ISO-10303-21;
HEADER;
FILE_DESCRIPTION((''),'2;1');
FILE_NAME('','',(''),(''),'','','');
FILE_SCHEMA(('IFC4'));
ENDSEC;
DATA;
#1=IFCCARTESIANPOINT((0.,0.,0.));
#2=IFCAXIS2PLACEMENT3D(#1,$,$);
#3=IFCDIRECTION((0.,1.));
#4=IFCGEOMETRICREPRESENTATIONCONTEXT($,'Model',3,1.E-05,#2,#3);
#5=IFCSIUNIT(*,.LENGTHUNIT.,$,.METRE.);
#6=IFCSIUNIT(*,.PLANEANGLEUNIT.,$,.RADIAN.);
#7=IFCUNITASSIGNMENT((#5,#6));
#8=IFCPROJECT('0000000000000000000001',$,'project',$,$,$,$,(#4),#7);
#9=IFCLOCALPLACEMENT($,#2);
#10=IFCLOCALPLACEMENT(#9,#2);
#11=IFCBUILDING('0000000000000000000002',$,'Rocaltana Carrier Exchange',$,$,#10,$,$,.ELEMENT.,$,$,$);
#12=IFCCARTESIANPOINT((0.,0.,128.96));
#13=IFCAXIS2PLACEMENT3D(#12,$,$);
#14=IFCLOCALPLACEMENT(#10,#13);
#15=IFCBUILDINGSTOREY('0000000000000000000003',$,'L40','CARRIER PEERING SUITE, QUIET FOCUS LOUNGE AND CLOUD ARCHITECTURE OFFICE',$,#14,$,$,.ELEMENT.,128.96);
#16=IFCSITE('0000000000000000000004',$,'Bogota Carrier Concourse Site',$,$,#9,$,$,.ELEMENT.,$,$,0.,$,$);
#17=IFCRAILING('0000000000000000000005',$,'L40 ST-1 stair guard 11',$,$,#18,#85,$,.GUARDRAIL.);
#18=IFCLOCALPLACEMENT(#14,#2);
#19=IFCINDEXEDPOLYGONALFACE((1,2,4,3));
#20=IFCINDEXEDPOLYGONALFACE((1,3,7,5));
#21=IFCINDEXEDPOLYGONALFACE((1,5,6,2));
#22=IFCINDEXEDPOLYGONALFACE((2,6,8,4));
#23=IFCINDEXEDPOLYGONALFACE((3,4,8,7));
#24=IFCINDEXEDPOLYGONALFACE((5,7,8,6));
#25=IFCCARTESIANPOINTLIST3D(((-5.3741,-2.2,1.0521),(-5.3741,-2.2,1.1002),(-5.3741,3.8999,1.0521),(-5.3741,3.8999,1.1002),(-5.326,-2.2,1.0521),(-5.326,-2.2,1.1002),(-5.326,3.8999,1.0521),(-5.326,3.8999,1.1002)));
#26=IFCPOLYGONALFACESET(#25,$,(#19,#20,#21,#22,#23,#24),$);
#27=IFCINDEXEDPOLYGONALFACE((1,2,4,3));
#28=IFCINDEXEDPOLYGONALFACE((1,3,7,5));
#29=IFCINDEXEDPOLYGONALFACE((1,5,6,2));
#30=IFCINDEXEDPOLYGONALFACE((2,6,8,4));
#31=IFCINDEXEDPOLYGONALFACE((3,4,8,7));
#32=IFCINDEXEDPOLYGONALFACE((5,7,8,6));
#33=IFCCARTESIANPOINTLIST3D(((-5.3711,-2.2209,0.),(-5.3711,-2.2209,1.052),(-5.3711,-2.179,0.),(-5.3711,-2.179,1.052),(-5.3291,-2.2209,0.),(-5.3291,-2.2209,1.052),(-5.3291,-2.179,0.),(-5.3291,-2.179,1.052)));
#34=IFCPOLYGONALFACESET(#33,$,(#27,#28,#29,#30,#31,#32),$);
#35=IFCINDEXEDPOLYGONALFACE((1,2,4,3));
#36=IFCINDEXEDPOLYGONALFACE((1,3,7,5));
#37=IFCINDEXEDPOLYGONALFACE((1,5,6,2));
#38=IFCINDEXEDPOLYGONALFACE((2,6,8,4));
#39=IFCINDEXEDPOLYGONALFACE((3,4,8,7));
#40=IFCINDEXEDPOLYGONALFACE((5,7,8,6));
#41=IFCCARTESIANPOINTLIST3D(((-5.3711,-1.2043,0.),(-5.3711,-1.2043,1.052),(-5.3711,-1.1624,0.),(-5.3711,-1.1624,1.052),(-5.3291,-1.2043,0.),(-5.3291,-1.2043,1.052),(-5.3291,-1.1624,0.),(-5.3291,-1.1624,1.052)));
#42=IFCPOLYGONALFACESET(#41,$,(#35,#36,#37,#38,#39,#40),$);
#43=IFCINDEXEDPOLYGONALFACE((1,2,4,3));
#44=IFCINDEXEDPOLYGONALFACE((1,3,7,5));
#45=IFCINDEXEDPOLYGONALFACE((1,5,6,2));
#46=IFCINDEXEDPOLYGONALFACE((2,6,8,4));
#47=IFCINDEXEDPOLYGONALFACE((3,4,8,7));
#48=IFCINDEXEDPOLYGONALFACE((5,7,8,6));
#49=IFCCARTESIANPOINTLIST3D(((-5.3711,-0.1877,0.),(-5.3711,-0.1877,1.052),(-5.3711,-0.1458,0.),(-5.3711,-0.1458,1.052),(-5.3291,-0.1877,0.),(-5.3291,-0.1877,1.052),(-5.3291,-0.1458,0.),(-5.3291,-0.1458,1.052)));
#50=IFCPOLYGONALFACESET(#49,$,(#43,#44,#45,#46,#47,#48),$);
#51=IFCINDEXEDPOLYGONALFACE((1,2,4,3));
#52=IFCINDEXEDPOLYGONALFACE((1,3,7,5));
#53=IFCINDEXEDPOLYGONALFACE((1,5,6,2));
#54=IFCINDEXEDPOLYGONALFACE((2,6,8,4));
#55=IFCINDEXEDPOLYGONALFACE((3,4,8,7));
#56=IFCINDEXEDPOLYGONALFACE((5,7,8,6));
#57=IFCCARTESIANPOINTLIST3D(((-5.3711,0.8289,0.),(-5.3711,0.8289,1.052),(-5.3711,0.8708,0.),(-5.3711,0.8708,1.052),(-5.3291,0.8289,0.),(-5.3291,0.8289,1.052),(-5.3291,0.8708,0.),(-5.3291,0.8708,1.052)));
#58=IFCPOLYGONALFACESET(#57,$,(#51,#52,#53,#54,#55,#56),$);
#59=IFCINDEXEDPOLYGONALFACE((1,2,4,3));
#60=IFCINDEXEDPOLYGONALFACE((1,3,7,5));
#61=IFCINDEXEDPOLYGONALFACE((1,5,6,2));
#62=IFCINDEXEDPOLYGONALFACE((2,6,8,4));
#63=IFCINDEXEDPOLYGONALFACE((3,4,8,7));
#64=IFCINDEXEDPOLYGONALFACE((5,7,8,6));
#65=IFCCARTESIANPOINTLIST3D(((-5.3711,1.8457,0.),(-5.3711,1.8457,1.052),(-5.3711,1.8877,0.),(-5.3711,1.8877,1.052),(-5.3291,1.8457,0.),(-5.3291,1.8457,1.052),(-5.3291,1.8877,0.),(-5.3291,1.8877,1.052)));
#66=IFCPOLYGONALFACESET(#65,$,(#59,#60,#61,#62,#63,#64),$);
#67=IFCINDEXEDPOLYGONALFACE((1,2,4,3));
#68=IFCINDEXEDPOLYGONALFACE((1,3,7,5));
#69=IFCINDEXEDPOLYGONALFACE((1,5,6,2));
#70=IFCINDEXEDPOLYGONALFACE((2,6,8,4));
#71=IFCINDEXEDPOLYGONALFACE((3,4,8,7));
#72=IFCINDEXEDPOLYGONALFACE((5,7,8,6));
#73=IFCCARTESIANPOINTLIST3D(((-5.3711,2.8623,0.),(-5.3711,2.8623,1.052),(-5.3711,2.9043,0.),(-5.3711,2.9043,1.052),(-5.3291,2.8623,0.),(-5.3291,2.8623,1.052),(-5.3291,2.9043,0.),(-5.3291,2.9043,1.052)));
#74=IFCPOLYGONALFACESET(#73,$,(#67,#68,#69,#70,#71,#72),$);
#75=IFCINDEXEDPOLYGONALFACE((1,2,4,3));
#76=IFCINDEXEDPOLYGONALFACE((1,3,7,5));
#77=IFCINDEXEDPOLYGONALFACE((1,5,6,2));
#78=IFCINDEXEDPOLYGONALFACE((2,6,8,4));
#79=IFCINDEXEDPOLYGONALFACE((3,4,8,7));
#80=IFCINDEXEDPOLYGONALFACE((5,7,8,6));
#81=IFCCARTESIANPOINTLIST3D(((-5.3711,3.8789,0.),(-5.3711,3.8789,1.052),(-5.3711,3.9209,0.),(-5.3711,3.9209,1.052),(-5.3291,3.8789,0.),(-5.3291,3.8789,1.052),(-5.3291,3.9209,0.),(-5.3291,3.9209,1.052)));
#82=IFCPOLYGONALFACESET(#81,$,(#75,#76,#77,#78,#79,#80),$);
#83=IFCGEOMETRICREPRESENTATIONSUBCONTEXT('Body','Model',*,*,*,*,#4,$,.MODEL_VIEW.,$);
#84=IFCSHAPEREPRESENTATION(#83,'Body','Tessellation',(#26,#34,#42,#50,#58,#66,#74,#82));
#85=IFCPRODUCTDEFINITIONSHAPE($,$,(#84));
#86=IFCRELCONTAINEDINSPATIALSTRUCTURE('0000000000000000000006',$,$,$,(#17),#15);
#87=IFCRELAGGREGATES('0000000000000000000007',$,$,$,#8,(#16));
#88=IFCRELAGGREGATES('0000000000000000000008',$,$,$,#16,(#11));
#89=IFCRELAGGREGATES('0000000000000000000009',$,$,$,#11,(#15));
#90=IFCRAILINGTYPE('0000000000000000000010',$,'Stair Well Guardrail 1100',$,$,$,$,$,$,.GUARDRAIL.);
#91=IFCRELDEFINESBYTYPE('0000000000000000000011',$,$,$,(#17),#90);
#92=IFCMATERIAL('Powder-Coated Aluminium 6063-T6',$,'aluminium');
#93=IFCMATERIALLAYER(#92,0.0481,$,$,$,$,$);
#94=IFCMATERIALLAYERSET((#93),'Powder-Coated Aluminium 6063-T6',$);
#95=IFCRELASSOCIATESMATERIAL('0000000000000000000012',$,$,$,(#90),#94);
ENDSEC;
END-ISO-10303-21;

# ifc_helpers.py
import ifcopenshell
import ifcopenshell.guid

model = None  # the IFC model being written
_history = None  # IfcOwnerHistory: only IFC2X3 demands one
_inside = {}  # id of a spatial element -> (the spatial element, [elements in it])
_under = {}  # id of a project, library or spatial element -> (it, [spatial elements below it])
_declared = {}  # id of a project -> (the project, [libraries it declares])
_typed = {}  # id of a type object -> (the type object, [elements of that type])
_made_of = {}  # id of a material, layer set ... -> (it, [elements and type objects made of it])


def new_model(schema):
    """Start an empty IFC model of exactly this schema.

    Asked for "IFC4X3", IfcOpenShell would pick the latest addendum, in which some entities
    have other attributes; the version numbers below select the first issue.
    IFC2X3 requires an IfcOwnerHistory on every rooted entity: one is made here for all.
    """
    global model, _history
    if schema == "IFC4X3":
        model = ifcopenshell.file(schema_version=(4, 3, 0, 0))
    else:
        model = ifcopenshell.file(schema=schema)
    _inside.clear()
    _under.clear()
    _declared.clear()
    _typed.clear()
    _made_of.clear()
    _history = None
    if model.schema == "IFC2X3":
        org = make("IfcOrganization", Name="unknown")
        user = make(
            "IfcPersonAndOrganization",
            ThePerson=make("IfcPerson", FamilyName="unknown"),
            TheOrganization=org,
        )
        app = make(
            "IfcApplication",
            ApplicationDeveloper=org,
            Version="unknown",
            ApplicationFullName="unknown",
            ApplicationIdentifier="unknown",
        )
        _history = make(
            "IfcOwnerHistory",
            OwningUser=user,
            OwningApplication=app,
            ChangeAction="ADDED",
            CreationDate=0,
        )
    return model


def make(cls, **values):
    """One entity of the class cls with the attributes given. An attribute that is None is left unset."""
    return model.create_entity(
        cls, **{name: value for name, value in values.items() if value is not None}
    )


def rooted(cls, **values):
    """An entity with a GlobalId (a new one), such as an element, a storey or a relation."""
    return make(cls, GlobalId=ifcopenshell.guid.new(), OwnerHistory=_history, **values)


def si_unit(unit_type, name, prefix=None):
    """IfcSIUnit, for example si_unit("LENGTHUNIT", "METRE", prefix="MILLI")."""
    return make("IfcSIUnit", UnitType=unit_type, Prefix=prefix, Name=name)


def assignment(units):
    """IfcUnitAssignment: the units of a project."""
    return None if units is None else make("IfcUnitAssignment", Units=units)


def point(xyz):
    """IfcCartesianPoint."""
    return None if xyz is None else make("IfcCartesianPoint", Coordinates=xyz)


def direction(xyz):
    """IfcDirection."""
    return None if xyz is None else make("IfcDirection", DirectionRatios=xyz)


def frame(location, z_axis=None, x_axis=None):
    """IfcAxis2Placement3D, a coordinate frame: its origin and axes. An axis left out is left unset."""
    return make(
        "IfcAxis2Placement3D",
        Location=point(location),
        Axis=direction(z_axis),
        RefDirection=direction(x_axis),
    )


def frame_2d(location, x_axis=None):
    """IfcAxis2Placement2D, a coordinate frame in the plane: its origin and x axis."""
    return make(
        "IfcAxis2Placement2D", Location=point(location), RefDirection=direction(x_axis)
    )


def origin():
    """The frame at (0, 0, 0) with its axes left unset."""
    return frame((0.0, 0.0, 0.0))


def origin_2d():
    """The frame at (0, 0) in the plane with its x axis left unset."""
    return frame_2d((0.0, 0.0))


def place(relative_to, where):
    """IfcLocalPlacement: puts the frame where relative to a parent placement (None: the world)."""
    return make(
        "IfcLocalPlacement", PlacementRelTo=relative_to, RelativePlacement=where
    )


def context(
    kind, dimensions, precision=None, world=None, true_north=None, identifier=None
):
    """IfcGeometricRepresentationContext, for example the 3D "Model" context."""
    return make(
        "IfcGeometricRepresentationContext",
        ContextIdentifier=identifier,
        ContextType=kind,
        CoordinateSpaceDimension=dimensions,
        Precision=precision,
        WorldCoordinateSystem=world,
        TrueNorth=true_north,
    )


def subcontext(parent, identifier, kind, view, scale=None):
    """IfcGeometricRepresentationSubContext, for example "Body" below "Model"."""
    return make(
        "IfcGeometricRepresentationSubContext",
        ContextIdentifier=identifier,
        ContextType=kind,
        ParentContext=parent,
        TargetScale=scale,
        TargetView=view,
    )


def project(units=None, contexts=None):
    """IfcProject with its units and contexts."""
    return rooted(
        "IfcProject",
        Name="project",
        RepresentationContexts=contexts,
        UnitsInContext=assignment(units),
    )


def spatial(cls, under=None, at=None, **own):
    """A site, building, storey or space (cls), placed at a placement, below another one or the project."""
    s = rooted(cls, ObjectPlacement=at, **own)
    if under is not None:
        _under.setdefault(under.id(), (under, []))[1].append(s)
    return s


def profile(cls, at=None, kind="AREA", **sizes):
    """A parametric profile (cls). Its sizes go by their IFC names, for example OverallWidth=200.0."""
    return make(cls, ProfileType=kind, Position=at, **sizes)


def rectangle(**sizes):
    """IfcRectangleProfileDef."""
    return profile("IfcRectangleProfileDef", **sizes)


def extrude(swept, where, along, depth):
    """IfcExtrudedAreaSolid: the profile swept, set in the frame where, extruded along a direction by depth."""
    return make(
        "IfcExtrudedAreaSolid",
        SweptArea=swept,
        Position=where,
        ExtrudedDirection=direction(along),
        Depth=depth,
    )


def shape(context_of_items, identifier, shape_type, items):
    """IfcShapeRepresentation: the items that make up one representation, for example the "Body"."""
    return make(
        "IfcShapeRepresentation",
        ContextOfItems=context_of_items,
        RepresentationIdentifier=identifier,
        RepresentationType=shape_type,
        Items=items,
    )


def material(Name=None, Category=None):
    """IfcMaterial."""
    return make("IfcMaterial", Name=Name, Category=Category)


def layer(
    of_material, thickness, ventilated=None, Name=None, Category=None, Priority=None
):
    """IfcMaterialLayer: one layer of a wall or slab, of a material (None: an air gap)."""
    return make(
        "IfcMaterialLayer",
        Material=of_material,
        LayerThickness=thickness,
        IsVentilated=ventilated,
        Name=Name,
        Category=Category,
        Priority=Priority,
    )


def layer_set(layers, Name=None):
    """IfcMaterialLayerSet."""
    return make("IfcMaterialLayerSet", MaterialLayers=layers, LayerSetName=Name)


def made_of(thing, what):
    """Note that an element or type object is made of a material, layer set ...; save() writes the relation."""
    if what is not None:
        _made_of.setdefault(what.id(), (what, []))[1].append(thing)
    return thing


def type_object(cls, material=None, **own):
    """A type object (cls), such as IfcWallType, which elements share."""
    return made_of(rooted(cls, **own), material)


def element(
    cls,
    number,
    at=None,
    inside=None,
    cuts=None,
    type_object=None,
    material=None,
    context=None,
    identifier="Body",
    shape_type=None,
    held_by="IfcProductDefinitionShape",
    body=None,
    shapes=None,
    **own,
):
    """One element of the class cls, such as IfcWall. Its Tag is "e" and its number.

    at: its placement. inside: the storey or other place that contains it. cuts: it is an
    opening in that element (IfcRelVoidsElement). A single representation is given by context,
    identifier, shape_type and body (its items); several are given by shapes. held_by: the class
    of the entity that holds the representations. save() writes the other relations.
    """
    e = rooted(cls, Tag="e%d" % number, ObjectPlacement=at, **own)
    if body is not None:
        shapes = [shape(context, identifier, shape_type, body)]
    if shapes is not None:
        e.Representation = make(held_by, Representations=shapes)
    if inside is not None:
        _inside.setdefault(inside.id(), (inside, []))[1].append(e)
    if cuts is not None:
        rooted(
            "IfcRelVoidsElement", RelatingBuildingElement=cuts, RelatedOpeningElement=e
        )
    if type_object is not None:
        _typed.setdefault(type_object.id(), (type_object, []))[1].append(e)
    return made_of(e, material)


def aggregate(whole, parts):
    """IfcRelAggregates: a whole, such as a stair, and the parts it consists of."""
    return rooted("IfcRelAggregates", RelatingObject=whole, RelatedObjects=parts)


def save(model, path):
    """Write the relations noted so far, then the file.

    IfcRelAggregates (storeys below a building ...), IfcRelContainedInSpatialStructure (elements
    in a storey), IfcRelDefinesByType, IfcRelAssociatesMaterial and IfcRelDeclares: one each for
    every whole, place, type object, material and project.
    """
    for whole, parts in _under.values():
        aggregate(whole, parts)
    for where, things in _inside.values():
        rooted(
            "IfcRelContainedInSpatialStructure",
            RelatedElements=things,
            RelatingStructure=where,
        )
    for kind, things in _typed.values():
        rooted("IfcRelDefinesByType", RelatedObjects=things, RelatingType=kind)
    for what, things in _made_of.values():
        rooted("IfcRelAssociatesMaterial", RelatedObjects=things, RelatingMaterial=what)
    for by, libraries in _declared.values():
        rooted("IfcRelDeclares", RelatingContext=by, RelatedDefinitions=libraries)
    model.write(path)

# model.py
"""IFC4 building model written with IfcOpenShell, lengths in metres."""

from ifc_helpers import new_model, si_unit, direction, frame, origin, origin_2d, place, context, subcontext, project, spatial, rectangle, extrude, material, layer, layer_set, type_object, element, save


model = new_model("IFC4")

# Units and contexts
model_context = context("Model", 3, precision=1e-05, world=origin(), true_north=direction((0.0, 1.0)))
body_context = subcontext(model_context, "Body", "Model", "MODEL_VIEW")
ifc_project = project(units=[si_unit("LENGTHUNIT", "METRE"), si_unit("PLANEANGLEUNIT", "RADIAN")], contexts=[model_context])

# Site, building, storey
site_placement = place(None, origin())
site = spatial("IfcSite", under=ifc_project, at=site_placement, Name="Bogota Carrier Concourse Site", CompositionType="ELEMENT", RefElevation=0.0)
building_placement = place(site_placement, origin())
building = spatial("IfcBuilding", under=site, at=building_placement, Name="Rocaltana Carrier Exchange", CompositionType="ELEMENT")
storey_placement = place(building_placement, frame((0.0, 0.0, 128.96)))
storey = spatial("IfcBuildingStorey", under=building, at=storey_placement, Name="L40", Description="CARRIER PEERING SUITE, QUIET FOCUS LOUNGE AND CLOUD ARCHITECTURE OFFICE", CompositionType="ELEMENT", Elevation=128.96)

# Railing
ifc_material_1 = material(Name="Powder-Coated Aluminium 6063-T6", Category="aluminium")
ifc_layer_1 = layer(ifc_material_1, 0.0481)
ifc_layer_set_1 = layer_set([ifc_layer_1], Name="Powder-Coated Aluminium 6063-T6")
railing_type_1 = type_object("IfcRailingType", Name="Stair Well Guardrail 1100", PredefinedType="GUARDRAIL", material=ifc_layer_set_1)
for number, where, name in (
    (1, (-5.3501, -2.2, 0.0), "L40 ST-1 stair guard 11"),
):
    element("IfcRailing", number, at=place(storey_placement, frame(where)), inside=storey, type_object=railing_type_1, Name=name, PredefinedType="GUARDRAIL", context=body_context, shape_type="SweptSolid", body=[
        extrude(rectangle(XDim=0.0481, YDim=0.0481, at=origin_2d()), frame((0.0, 0.0, 1.0762), z_axis=(0.0, 1.0, 0.0), x_axis=(-1.0, 0.0, 0.0)), (0.0, 0.0, 1.0), 6.0999),
        extrude(rectangle(XDim=0.042, YDim=0.042, at=origin_2d()), origin(), (0.0, 0.0, 1.0), 1.052),
        extrude(rectangle(XDim=0.042, YDim=0.042, at=origin_2d()), frame((0.0, 1.0166, 0.0)), (0.0, 0.0, 1.0), 1.052),
        extrude(rectangle(XDim=0.042, YDim=0.042, at=origin_2d()), frame((0.0, 2.0332, 0.0)), (0.0, 0.0, 1.0), 1.052),
        extrude(rectangle(XDim=0.042, YDim=0.042, at=origin_2d()), frame((0.0, 3.0498, 0.0)), (0.0, 0.0, 1.0), 1.052),
        extrude(rectangle(XDim=0.042, YDim=0.042, at=origin_2d()), frame((0.0, 4.0667, 0.0)), (0.0, 0.0, 1.0), 1.052),
        extrude(rectangle(XDim=0.042, YDim=0.042, at=origin_2d()), frame((0.0, 5.0833, 0.0)), (0.0, 0.0, 1.0), 1.052),
        extrude(rectangle(XDim=0.042, YDim=0.042, at=origin_2d()), frame((0.0, 6.0999, 0.0)), (0.0, 0.0, 1.0), 1.052),
    ])

save(model, "model.ifc")
